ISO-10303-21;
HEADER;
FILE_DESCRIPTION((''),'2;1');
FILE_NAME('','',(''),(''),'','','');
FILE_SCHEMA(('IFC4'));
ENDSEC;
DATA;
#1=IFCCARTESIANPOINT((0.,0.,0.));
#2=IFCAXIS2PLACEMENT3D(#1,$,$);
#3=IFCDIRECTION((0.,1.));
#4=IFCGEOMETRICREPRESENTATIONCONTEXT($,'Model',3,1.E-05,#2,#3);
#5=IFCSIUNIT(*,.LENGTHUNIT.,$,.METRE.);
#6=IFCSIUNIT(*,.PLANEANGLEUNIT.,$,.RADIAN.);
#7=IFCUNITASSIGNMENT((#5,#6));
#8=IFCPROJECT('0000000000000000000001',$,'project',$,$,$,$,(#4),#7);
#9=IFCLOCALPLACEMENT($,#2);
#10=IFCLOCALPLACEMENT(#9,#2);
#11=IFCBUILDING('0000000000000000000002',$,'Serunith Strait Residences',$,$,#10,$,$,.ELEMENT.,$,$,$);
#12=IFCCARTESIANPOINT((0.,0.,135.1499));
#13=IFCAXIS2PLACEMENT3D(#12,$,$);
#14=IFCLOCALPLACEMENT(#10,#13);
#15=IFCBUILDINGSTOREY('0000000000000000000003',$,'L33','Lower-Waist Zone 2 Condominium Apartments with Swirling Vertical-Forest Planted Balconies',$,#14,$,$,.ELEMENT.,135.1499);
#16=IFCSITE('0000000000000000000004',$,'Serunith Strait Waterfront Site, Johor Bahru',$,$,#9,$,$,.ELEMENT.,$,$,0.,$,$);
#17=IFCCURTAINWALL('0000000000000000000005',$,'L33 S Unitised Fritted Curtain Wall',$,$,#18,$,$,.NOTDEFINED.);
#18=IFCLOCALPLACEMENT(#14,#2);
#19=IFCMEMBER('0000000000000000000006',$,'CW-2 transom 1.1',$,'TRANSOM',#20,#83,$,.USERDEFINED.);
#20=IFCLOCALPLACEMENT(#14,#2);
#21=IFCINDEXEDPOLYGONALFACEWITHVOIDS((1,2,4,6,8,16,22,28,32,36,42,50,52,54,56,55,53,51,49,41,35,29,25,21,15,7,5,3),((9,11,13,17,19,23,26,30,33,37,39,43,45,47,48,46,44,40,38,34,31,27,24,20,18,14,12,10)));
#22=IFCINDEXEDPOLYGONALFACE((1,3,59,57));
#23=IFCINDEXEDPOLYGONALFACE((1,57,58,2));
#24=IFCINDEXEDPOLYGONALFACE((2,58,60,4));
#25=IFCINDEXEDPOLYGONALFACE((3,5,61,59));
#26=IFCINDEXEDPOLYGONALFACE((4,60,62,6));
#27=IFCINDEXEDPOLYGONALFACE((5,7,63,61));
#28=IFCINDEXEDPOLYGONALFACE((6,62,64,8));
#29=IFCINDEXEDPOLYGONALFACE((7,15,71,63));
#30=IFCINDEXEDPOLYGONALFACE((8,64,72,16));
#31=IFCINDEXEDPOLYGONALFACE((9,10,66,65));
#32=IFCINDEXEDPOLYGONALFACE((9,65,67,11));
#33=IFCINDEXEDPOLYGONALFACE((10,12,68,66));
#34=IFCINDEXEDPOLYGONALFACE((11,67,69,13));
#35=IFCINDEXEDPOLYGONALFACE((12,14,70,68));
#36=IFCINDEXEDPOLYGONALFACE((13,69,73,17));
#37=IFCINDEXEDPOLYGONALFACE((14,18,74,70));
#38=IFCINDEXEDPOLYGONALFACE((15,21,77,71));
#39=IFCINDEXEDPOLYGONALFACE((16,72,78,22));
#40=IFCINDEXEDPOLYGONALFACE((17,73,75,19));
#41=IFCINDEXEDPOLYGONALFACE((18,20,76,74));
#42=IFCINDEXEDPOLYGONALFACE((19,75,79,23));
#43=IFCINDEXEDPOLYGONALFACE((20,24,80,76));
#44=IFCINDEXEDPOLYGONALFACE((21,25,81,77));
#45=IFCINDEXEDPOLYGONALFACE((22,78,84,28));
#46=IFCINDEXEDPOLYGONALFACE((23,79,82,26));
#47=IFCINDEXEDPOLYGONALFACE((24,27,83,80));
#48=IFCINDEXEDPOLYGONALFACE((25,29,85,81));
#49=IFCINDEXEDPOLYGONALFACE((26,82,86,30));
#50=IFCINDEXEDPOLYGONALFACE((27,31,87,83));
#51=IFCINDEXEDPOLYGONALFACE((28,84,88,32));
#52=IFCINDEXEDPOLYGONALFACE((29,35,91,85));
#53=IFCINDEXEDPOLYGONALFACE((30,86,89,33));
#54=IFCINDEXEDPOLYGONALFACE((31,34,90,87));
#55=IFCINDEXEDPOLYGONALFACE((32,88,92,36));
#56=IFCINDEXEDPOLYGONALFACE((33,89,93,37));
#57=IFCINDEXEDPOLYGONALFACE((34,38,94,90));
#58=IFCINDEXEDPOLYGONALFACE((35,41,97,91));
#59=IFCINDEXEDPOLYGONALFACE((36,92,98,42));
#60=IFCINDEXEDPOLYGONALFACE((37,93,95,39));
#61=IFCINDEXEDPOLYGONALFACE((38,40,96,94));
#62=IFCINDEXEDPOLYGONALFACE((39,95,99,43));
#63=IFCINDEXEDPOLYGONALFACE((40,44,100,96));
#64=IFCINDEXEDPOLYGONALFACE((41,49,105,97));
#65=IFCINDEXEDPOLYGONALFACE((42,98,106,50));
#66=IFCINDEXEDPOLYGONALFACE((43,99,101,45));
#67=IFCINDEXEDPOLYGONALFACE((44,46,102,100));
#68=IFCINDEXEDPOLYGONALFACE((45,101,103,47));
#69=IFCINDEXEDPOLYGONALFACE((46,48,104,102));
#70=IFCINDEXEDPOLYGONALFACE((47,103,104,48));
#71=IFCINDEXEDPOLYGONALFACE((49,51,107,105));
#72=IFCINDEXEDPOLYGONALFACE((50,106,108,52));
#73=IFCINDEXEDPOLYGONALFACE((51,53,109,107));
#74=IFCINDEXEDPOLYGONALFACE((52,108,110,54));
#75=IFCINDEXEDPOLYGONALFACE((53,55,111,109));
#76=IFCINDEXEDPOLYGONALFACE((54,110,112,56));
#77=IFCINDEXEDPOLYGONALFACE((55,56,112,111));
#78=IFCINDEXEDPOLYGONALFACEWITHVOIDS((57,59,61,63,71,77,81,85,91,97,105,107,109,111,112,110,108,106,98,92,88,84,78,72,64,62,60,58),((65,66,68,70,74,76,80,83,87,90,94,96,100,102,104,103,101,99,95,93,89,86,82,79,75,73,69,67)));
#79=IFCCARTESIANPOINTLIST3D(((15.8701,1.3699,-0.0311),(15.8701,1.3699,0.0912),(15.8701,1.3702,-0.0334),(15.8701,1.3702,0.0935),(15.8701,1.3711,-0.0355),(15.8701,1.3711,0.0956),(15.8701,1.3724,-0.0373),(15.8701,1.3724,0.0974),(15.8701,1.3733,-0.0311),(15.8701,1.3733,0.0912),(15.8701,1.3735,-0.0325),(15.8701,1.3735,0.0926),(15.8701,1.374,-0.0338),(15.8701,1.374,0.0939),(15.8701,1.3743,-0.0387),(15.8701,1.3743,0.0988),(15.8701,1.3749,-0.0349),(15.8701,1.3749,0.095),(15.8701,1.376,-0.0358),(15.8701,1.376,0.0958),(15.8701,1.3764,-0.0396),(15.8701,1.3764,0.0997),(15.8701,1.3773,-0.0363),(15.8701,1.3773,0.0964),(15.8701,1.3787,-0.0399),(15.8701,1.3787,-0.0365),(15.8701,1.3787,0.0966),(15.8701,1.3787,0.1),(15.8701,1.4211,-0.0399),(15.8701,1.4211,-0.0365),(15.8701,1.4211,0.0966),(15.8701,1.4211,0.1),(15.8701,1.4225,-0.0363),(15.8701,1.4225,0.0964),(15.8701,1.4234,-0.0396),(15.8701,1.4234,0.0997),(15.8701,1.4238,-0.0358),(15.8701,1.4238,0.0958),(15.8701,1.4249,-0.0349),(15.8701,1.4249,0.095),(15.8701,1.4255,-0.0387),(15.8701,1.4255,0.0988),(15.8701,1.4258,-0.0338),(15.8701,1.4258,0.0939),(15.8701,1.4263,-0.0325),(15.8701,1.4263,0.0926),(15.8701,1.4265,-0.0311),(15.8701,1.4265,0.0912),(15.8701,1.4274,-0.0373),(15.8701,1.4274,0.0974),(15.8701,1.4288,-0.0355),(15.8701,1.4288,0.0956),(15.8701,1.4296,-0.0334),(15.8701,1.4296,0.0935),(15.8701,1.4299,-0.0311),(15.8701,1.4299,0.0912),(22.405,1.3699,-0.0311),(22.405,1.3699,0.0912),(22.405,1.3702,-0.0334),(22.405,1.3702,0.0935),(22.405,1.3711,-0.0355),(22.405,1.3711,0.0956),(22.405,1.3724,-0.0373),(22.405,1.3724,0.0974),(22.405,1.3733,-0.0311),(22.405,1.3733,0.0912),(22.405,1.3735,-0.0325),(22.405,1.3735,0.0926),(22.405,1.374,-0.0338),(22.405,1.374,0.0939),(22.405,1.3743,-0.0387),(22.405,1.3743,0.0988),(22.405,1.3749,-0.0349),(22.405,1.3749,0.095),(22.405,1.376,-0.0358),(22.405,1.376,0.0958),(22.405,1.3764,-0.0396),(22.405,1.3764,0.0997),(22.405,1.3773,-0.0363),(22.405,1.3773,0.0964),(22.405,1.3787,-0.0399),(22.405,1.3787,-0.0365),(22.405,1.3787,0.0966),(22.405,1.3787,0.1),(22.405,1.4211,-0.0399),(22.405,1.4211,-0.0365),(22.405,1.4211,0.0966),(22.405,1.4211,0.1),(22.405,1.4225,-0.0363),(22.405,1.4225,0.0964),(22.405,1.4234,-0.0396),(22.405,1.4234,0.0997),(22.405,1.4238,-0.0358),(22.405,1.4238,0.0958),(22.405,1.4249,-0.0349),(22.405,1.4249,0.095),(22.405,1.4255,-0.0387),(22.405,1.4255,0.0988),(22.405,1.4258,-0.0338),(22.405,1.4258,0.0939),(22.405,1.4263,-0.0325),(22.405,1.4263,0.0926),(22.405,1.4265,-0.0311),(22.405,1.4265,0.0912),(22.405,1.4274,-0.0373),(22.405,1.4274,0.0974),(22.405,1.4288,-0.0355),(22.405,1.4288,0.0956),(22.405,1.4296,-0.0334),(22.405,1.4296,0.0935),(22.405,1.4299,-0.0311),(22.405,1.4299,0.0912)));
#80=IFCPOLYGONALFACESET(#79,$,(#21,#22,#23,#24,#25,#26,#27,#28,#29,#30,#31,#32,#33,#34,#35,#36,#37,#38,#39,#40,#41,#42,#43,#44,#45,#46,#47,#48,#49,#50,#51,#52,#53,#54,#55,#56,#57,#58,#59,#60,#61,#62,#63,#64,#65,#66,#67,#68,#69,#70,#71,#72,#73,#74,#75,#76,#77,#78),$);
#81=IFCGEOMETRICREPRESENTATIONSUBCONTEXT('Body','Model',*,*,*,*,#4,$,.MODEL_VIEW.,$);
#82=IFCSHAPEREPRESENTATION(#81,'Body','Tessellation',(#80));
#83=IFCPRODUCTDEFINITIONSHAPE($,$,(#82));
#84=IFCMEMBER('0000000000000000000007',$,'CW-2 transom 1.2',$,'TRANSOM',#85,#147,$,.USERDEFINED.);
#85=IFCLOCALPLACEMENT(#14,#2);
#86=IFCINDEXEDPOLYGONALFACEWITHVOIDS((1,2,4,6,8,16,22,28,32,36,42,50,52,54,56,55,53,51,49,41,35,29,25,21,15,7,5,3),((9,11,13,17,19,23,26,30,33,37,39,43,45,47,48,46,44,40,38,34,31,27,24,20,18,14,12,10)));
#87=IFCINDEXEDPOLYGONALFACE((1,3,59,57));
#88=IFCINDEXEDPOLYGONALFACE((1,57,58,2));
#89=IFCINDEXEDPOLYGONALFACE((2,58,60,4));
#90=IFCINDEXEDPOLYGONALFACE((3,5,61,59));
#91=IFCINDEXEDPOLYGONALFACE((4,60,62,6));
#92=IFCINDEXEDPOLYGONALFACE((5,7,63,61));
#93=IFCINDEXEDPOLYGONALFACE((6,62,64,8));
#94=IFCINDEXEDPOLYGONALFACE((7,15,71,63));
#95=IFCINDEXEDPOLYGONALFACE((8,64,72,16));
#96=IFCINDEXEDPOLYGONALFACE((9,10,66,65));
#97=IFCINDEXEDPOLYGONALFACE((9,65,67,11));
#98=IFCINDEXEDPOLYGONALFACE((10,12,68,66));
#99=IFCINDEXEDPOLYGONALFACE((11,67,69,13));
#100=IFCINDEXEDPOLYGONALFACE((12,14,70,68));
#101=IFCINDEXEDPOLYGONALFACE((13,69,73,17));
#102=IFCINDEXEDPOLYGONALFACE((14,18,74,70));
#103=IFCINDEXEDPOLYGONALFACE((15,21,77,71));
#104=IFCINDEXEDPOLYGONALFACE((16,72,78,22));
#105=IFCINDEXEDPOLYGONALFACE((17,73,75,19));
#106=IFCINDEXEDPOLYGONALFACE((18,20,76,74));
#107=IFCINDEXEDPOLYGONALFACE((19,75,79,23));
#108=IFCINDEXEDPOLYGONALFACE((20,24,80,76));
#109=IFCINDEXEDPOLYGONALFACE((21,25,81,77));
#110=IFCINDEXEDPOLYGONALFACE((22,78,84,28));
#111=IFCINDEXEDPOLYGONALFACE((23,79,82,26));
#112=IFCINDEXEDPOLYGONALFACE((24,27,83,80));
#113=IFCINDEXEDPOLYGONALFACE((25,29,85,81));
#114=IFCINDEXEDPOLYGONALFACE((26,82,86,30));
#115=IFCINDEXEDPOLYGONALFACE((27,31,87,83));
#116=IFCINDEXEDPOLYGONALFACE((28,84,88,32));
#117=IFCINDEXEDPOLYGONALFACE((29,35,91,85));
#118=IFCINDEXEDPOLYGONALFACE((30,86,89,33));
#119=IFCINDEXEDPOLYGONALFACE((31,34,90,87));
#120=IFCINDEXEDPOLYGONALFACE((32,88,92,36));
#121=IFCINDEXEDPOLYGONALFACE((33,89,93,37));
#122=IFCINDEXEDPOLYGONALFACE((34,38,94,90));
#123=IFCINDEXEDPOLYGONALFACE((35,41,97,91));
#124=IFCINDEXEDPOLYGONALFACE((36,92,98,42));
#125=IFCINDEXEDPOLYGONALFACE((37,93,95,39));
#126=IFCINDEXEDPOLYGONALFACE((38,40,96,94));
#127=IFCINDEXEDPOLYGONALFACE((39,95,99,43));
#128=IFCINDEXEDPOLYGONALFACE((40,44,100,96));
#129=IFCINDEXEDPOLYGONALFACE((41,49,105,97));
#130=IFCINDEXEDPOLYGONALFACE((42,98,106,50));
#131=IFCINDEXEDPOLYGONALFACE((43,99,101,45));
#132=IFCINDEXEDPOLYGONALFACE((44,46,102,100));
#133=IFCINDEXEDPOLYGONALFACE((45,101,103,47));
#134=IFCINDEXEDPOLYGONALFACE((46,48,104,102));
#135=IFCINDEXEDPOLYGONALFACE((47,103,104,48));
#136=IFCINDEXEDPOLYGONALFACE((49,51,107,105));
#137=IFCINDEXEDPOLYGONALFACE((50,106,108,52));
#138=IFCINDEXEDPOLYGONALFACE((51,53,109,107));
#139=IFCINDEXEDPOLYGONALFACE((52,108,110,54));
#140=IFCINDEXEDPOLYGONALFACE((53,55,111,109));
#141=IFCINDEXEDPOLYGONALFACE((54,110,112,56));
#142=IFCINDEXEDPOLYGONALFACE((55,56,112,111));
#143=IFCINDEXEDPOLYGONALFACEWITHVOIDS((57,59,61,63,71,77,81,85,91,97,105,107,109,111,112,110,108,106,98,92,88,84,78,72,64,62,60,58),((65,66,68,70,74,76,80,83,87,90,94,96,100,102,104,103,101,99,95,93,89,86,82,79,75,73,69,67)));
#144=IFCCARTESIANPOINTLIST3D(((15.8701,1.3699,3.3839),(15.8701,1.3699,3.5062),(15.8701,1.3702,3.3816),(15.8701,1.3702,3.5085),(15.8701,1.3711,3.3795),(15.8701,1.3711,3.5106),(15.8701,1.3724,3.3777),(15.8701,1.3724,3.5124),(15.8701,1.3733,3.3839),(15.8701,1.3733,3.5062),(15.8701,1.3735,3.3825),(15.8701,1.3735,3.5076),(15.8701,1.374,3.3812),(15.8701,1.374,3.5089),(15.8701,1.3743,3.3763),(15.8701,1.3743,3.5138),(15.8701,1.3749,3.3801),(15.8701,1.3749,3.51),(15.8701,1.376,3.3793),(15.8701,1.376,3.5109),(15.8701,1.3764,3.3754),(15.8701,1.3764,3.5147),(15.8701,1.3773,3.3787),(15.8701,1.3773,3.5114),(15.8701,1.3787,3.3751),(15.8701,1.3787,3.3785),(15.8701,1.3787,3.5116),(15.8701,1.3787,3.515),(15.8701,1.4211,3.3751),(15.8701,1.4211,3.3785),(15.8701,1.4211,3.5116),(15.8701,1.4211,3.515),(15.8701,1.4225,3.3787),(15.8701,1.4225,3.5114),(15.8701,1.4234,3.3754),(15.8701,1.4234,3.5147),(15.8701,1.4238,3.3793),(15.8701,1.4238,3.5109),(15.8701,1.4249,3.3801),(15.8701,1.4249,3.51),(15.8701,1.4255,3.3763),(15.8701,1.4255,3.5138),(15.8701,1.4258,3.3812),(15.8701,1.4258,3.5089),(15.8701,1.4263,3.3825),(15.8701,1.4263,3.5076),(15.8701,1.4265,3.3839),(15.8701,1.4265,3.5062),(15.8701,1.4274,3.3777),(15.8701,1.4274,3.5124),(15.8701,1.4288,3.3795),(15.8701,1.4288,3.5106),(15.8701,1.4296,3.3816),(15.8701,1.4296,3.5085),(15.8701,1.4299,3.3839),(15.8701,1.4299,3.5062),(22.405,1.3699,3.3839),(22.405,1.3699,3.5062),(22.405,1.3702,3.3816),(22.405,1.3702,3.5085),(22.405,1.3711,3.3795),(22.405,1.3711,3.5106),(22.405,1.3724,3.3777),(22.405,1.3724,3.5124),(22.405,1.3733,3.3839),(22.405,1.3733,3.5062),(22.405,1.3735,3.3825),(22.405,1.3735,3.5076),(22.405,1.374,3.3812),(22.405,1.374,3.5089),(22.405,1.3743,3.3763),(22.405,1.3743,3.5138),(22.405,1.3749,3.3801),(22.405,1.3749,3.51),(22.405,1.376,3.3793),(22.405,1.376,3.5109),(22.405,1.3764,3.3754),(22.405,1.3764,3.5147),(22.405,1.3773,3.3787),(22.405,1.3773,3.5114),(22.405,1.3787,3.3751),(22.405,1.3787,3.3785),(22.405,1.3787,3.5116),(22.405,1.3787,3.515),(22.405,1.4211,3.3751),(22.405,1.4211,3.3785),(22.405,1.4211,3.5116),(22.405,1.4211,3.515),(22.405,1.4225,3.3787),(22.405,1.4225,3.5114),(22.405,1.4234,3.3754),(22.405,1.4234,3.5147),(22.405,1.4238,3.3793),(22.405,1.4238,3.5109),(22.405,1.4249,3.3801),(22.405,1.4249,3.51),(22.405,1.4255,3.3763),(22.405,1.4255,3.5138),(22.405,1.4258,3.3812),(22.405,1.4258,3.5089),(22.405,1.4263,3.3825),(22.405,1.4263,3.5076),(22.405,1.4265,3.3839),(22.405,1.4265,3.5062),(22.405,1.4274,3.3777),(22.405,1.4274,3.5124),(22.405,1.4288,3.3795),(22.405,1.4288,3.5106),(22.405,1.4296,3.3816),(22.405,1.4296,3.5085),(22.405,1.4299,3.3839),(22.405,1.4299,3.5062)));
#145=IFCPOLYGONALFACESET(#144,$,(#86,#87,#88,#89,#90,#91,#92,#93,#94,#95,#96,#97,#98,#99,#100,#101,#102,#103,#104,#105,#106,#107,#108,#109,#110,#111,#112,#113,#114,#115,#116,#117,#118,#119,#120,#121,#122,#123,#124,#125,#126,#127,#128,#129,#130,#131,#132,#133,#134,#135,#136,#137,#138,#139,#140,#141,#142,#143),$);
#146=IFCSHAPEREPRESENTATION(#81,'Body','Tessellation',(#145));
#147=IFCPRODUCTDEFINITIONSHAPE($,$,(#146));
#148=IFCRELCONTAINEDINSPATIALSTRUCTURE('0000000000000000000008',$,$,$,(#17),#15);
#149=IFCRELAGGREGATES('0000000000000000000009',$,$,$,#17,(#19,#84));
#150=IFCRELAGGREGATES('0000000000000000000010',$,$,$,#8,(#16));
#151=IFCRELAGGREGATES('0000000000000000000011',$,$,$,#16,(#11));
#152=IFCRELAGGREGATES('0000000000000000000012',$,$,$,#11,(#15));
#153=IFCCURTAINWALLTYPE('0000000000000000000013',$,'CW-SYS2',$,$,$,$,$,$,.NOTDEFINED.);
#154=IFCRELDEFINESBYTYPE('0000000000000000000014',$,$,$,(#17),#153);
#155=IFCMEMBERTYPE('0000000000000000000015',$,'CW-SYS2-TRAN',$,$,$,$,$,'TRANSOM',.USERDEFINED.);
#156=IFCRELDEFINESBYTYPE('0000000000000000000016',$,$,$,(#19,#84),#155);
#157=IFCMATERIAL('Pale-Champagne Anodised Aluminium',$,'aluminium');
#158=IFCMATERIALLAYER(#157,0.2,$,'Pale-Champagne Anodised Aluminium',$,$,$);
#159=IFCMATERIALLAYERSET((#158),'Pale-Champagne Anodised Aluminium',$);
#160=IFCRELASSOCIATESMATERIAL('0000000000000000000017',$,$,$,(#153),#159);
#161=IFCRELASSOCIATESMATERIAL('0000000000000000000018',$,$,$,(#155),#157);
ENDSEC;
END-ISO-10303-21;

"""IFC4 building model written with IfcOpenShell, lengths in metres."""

from ifc_helpers import new_model, si_unit, direction, frame, origin, origin_2d, place, context, subcontext, project, spatial, hollow_rectangle, extrude, source, transform, mapped, material, layer, layer_set, material_profile, profile_set, type_object, element, aggregate, save


model = new_model("IFC4")

# Units and contexts
model_context = context("Model", 3, precision=1e-05, world=origin(), true_north=direction((0.0, 1.0)))
body_context = subcontext(model_context, "Body", "Model", "MODEL_VIEW")
ifc_project = project(units=[si_unit("LENGTHUNIT", "METRE"), si_unit("PLANEANGLEUNIT", "RADIAN")], contexts=[model_context])

# Site, building, storey
site_placement = place(None, origin())
site = spatial("IfcSite", under=ifc_project, at=site_placement, Name="Serunith Strait Waterfront Site, Johor Bahru", CompositionType="ELEMENT", RefElevation=0.0)
building_placement = place(site_placement, origin())
building = spatial("IfcBuilding", under=site, at=building_placement, Name="Serunith Strait Residences", CompositionType="ELEMENT")
storey_placement = place(building_placement, frame((0.0, 0.0, 135.1499)))
storey = spatial("IfcBuildingStorey", under=building, at=storey_placement, Name="L33", Description="Lower-Waist Zone 2 Condominium Apartments with Swirling Vertical-Forest Planted Balconies", CompositionType="ELEMENT", Elevation=135.1499)

# Curtain wall, members
ifc_material_1 = material(Name="Pale-Champagne Anodised Aluminium", Category="aluminium")
ifc_layer_1 = layer(ifc_material_1, 0.2, Name="Pale-Champagne Anodised Aluminium")
ifc_layer_set_1 = layer_set([ifc_layer_1], Name="Pale-Champagne Anodised Aluminium")
curtain_wall_type = type_object("IfcCurtainWallType", Name="CW-SYS2", PredefinedType="NOTDEFINED", material=ifc_layer_set_1)
curtain_wall_placement = place(storey_placement, origin())
curtain_wall = element("IfcCurtainWall", 1, at=curtain_wall_placement, inside=storey, type_object=curtain_wall_type, Name="L33 S Unitised Fritted Curtain Wall", PredefinedType="NOTDEFINED")
ifc_material_profile_1 = material_profile(ifc_material_1, hollow_rectangle(XDim=0.0601, YDim=0.1399, WallThickness=0.0034, InnerFilletRadius=0.0054, OuterFilletRadius=0.0088, at=origin_2d()), Name="ALU 140x60x3.5")
ifc_profile_set_1 = profile_set([ifc_material_profile_1], Name="Pale-Champagne Anodised Aluminium")
member_type_1 = type_object("IfcMemberType", Name="CW-SYS2-TRAN", ElementType="TRANSOM", PredefinedType="USERDEFINED", material=ifc_profile_set_1)
shared_shape_1 = source(origin(), body_context, "Body", "SweptSolid", [
    extrude(hollow_rectangle(XDim=0.0601, YDim=0.1399, WallThickness=0.0034, InnerFilletRadius=0.0054, OuterFilletRadius=0.0088, at=origin_2d()), origin(), (0.0, 0.0, 1.0), 6.5349),
])
member_1_placement = place(storey_placement, frame((15.8701, 1.3999, 0.03), z_axis=(1.0, 0.0, 0.0), x_axis=(0.0, 1.0, 0.0)))
member_1 = element("IfcMember", 2, at=member_1_placement, type_object=member_type_1, Name="CW-2 transom 1.1", ObjectType="TRANSOM", PredefinedType="USERDEFINED", context=body_context, shape_type="MappedRepresentation", body=[
    mapped(shared_shape_1, transform((0.0, 0.0, 0.0), scale=1.0)),
])
member_2_placement = place(storey_placement, frame((15.8701, 1.3999, 3.4451), z_axis=(1.0, 0.0, 0.0), x_axis=(0.0, 1.0, 0.0)))
member_2 = element("IfcMember", 3, at=member_2_placement, type_object=member_type_1, Name="CW-2 transom 1.2", ObjectType="TRANSOM", PredefinedType="USERDEFINED", context=body_context, shape_type="MappedRepresentation", body=[
    mapped(shared_shape_1, transform((0.0, 0.0, 0.0), scale=1.0)),
])

aggregate(curtain_wall, [member_1, member_2])

save(model, "model.ifc")
